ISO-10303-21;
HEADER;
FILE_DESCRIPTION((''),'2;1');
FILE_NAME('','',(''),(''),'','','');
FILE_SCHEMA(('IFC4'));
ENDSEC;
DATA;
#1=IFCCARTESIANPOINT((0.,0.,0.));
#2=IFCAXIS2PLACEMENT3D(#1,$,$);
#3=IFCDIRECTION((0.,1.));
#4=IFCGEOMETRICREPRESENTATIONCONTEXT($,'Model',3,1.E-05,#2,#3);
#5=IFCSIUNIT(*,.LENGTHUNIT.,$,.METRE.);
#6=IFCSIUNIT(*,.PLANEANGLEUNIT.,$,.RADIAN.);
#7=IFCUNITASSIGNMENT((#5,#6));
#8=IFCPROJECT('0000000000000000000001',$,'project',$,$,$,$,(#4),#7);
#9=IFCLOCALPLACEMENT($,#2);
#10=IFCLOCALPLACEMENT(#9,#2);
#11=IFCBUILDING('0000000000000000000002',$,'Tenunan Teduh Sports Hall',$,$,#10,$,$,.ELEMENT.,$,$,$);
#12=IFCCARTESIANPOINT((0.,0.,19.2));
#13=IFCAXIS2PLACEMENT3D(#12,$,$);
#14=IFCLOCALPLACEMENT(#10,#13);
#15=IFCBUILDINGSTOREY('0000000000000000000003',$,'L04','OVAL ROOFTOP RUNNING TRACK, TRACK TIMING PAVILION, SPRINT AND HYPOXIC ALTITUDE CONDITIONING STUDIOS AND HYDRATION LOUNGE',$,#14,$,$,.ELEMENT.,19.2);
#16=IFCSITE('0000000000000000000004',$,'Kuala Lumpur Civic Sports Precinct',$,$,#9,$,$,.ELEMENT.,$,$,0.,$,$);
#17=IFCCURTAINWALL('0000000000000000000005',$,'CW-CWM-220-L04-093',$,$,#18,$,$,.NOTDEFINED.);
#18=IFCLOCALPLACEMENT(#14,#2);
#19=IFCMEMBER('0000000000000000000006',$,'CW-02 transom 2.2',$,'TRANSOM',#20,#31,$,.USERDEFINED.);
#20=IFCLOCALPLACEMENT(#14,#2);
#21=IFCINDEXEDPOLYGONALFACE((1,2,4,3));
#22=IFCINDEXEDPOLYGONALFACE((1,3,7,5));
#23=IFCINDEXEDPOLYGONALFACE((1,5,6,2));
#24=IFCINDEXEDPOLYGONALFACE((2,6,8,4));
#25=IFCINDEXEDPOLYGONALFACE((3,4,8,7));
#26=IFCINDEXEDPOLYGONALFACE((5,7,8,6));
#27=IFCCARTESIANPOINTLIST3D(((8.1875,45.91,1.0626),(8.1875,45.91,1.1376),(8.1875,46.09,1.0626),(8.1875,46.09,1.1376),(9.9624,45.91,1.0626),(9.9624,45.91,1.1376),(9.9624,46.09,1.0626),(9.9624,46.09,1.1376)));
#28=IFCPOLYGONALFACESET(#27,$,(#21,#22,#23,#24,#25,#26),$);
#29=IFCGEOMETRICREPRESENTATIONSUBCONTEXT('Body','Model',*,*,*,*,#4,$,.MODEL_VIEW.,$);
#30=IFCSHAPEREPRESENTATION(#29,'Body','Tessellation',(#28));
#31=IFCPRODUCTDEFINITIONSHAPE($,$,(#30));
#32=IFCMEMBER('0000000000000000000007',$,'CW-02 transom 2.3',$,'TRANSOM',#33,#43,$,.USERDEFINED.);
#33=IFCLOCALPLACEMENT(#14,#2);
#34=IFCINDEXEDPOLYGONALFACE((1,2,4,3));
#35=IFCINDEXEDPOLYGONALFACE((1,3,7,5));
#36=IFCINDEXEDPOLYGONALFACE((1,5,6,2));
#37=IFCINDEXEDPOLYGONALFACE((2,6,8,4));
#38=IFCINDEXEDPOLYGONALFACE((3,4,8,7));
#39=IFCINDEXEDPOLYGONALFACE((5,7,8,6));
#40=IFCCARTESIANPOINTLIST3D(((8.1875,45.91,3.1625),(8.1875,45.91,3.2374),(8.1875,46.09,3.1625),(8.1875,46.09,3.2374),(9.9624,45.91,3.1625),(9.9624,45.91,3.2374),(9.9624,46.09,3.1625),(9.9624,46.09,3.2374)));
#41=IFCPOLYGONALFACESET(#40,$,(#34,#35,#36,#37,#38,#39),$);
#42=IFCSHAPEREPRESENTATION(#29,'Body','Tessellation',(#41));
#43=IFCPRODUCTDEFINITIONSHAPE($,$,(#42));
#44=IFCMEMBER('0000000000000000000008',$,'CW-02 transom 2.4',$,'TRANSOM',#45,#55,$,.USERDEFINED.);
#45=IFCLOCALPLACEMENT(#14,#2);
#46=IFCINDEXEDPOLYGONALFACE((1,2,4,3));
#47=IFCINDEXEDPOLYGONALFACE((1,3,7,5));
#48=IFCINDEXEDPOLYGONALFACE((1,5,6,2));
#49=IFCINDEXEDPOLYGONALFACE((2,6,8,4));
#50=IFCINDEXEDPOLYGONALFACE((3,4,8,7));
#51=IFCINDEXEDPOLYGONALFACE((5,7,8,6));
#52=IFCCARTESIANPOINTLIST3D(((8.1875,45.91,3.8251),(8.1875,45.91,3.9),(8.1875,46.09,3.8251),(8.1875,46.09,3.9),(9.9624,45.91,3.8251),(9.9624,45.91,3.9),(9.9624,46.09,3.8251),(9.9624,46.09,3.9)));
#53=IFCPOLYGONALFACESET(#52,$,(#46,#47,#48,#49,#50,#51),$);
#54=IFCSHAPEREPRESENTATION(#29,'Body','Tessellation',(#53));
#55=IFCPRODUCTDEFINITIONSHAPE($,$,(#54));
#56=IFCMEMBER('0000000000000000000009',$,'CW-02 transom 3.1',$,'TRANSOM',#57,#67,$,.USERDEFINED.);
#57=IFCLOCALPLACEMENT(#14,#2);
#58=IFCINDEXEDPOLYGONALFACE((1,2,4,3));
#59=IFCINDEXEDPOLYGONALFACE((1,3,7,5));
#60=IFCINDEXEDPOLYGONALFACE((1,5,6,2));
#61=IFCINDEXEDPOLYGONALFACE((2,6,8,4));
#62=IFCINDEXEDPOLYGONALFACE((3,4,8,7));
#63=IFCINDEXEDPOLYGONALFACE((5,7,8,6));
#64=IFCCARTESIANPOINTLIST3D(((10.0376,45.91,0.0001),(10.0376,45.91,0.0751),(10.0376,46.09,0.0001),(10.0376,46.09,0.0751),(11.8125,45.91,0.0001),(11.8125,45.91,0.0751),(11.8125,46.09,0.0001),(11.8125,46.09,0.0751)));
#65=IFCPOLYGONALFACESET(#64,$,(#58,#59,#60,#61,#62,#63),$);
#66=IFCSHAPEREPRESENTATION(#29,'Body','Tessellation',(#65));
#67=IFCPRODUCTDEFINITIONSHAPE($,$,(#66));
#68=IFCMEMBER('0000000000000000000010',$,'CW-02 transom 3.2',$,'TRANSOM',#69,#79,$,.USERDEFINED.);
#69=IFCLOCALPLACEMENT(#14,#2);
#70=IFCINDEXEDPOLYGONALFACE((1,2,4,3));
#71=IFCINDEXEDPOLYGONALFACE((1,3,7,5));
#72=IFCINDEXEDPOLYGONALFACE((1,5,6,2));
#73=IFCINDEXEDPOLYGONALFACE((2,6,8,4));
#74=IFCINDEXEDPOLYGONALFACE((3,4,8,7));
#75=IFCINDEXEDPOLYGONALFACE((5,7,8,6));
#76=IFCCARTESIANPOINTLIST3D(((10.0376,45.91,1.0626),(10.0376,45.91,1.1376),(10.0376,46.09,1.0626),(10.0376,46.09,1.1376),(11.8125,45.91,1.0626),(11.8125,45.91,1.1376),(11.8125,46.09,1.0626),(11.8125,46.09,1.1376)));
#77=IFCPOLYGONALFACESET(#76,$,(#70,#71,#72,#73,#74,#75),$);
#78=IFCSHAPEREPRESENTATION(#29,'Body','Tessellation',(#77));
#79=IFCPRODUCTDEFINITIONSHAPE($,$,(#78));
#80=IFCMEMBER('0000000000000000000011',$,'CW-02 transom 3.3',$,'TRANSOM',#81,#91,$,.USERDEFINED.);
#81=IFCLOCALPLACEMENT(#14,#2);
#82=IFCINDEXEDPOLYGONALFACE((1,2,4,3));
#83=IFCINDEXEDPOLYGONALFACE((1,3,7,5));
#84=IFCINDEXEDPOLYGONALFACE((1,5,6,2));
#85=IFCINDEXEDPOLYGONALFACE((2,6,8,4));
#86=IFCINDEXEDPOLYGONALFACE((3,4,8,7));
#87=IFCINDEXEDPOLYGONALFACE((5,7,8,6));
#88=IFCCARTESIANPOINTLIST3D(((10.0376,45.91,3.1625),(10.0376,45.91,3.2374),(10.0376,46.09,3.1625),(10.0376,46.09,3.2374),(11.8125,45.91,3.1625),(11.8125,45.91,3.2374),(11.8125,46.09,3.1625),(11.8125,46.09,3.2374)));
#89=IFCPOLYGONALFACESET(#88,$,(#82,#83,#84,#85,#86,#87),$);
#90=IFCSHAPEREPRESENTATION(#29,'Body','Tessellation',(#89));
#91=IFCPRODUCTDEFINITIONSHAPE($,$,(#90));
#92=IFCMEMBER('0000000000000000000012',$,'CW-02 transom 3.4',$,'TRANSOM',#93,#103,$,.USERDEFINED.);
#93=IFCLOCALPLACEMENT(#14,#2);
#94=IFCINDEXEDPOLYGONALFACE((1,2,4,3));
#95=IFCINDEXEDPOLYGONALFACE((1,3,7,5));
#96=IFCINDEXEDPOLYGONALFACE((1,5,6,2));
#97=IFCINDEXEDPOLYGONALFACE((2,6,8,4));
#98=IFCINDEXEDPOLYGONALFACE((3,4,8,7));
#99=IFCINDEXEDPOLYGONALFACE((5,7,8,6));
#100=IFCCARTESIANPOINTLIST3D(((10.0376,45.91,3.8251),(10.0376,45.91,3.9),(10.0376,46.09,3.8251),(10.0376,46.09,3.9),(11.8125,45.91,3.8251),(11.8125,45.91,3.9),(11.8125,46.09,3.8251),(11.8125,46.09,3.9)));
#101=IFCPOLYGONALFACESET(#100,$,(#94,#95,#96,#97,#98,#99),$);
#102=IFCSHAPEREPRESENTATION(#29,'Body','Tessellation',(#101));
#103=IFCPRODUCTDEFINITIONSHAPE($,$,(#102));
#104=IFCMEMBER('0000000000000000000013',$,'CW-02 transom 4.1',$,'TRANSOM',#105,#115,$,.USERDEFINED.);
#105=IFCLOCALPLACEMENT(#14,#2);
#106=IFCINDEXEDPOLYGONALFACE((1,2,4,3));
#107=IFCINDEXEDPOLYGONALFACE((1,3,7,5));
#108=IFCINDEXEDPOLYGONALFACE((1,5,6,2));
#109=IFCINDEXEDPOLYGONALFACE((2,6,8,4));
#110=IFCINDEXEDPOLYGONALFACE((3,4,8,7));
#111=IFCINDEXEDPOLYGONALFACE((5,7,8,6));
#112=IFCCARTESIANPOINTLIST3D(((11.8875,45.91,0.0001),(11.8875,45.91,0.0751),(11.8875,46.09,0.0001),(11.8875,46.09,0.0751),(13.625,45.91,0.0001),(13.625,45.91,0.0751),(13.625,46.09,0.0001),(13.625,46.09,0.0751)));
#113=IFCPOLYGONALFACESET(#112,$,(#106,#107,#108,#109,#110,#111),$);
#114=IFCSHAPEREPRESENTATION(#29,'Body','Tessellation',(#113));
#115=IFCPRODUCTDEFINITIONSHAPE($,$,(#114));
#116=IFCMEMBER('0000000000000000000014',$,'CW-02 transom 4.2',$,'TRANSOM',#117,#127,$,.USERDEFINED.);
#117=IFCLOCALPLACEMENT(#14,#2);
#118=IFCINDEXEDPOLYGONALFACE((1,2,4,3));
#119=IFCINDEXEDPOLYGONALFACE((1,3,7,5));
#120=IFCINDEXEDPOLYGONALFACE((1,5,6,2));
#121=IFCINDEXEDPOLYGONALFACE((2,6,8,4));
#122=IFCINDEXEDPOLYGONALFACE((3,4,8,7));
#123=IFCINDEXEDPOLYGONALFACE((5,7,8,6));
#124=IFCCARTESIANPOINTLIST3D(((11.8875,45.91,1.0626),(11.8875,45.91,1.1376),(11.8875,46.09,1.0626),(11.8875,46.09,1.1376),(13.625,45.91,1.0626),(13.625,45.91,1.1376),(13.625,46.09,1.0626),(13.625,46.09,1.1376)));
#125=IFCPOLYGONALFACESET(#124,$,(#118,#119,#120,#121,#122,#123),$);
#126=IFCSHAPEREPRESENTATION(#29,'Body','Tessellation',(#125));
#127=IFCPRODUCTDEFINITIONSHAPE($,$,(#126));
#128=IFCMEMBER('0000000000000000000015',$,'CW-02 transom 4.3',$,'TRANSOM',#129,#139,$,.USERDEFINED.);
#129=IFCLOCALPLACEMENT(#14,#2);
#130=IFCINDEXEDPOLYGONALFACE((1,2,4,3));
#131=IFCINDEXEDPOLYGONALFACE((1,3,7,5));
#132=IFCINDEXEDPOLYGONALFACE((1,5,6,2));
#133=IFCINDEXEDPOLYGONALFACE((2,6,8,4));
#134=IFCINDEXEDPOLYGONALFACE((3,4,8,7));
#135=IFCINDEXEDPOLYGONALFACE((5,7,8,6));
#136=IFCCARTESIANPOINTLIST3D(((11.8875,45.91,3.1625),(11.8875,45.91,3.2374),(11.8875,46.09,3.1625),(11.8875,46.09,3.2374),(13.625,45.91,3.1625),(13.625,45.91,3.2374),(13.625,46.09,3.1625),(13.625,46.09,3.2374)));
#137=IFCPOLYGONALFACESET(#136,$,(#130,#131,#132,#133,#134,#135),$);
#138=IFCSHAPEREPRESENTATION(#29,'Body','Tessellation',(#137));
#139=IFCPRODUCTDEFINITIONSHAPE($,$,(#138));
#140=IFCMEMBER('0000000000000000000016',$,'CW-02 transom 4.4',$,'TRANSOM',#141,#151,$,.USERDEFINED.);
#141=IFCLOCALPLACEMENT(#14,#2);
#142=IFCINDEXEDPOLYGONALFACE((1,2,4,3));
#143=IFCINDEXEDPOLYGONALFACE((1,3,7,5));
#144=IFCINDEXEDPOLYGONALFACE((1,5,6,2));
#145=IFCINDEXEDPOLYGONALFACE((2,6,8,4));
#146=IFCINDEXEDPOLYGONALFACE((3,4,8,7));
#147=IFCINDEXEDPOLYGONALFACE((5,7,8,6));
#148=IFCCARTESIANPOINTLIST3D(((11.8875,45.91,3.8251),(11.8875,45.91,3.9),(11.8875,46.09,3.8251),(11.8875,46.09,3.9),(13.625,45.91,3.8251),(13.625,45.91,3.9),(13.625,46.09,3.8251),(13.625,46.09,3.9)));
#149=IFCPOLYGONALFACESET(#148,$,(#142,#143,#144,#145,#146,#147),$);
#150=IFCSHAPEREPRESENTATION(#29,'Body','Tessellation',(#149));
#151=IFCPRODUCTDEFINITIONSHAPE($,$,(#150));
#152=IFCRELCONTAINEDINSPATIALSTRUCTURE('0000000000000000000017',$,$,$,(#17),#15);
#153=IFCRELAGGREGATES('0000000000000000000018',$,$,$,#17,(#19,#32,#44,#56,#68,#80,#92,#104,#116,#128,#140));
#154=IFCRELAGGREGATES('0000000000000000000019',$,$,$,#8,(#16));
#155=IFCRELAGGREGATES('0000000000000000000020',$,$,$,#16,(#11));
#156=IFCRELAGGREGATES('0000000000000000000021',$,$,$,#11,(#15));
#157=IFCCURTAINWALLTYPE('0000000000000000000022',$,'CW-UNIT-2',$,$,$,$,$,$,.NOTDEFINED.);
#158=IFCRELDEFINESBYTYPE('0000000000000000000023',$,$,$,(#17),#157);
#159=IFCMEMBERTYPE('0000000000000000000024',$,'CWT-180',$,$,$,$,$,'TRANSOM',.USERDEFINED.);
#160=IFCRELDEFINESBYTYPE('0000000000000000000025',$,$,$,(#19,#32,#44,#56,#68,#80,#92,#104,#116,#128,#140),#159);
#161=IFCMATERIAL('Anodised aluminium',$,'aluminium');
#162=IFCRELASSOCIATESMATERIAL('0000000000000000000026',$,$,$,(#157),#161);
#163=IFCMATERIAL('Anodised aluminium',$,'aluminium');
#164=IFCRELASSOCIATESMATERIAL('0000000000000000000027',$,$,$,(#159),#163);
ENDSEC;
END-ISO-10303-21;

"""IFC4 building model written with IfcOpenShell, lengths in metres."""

from ifc_helpers import new_model, si_unit, direction, frame, origin, origin_2d, place, context, subcontext, project, spatial, rectangle, extrude, material, material_profile, profile_set, type_object, element, aggregate, save


model = new_model("IFC4")

# Units and contexts
model_context = context("Model", 3, precision=1e-05, world=origin(), true_north=direction((0.0, 1.0)))
body_context = subcontext(model_context, "Body", "Model", "MODEL_VIEW")
ifc_project = project(units=[si_unit("LENGTHUNIT", "METRE"), si_unit("PLANEANGLEUNIT", "RADIAN")], contexts=[model_context])

# Site, building, storey
site_placement = place(None, origin())
site = spatial("IfcSite", under=ifc_project, at=site_placement, Name="Kuala Lumpur Civic Sports Precinct", CompositionType="ELEMENT", RefElevation=0.0)
building_placement = place(site_placement, origin())
building = spatial("IfcBuilding", under=site, at=building_placement, Name="Tenunan Teduh Sports Hall", CompositionType="ELEMENT")
storey_placement = place(building_placement, frame((0.0, 0.0, 19.2)))
storey = spatial("IfcBuildingStorey", under=building, at=storey_placement, Name="L04", Description="OVAL ROOFTOP RUNNING TRACK, TRACK TIMING PAVILION, SPRINT AND HYPOXIC ALTITUDE CONDITIONING STUDIOS AND HYDRATION LOUNGE", CompositionType="ELEMENT", Elevation=19.2)

# Shared definitions
ifc_material_1 = material(Name="Anodised aluminium", Category="aluminium")
curtain_wall_type = type_object("IfcCurtainWallType", Name="CW-UNIT-2", PredefinedType="NOTDEFINED", material=ifc_material_1)

# Curtain wall
curtain_wall_1_placement = place(storey_placement, origin())
curtain_wall_1 = element("IfcCurtainWall", 1, at=curtain_wall_1_placement, inside=storey, type_object=curtain_wall_type, Name="CW-CWM-220-L04-093", PredefinedType="NOTDEFINED")

# Members
ifc_material_2 = material(Name="Anodised aluminium", Category="aluminium")
ifc_material_profile_1 = material_profile(ifc_material_2, rectangle(XDim=0.075, YDim=0.1799, at=origin_2d()), Name="CWT 75x180")
ifc_profile_set_1 = profile_set([ifc_material_profile_1], Name="Anodised aluminium")
member_type_1 = type_object("IfcMemberType", Name="CWT-180", ElementType="TRANSOM", PredefinedType="USERDEFINED", material=ifc_profile_set_1)
member_1_placement = place(storey_placement, frame((8.1875, 46.0, 1.1001), z_axis=(1.0, 0.0, 0.0), x_axis=(0.0, 0.0, 1.0)))
member_1 = element("IfcMember", 2, at=member_1_placement, type_object=member_type_1, Name="CW-02 transom 2.2", ObjectType="TRANSOM", PredefinedType="USERDEFINED", context=body_context, shape_type="SweptSolid", body=[
    extrude(rectangle(XDim=0.075, YDim=0.1799, at=origin_2d()), origin(), (0.0, 0.0, 1.0), 1.7749),
])
member_2_placement = place(storey_placement, frame((8.1875, 46.0, 3.2), z_axis=(1.0, 0.0, 0.0), x_axis=(0.0, 0.0, 1.0)))
member_2 = element("IfcMember", 3, at=member_2_placement, type_object=member_type_1, Name="CW-02 transom 2.3", ObjectType="TRANSOM", PredefinedType="USERDEFINED", context=body_context, shape_type="SweptSolid", body=[
    extrude(rectangle(XDim=0.075, YDim=0.1799, at=origin_2d()), origin(), (0.0, 0.0, 1.0), 1.7749),
])
member_3_placement = place(storey_placement, frame((8.1875, 46.0, 3.8625), z_axis=(1.0, 0.0, 0.0), x_axis=(0.0, 0.0, 1.0)))
member_3 = element("IfcMember", 4, at=member_3_placement, type_object=member_type_1, Name="CW-02 transom 2.4", ObjectType="TRANSOM", PredefinedType="USERDEFINED", context=body_context, shape_type="SweptSolid", body=[
    extrude(rectangle(XDim=0.075, YDim=0.1799, at=origin_2d()), origin(), (0.0, 0.0, 1.0), 1.7749),
])
member_4_placement = place(storey_placement, frame((10.0376, 46.0, 0.0376), z_axis=(1.0, 0.0, 0.0), x_axis=(0.0, 0.0, 1.0)))
member_4 = element("IfcMember", 5, at=member_4_placement, type_object=member_type_1, Name="CW-02 transom 3.1", ObjectType="TRANSOM", PredefinedType="USERDEFINED", context=body_context, shape_type="SweptSolid", body=[
    extrude(rectangle(XDim=0.075, YDim=0.1799, at=origin_2d()), origin(), (0.0, 0.0, 1.0), 1.7749),
])
member_5_placement = place(storey_placement, frame((10.0376, 46.0, 1.1001), z_axis=(1.0, 0.0, 0.0), x_axis=(0.0, 0.0, 1.0)))
member_5 = element("IfcMember", 6, at=member_5_placement, type_object=member_type_1, Name="CW-02 transom 3.2", ObjectType="TRANSOM", PredefinedType="USERDEFINED", context=body_context, shape_type="SweptSolid", body=[
    extrude(rectangle(XDim=0.075, YDim=0.1799, at=origin_2d()), origin(), (0.0, 0.0, 1.0), 1.7749),
])
member_6_placement = place(storey_placement, frame((10.0376, 46.0, 3.2), z_axis=(1.0, 0.0, 0.0), x_axis=(0.0, 0.0, 1.0)))
member_6 = element("IfcMember", 7, at=member_6_placement, type_object=member_type_1, Name="CW-02 transom 3.3", ObjectType="TRANSOM", PredefinedType="USERDEFINED", context=body_context, shape_type="SweptSolid", body=[
    extrude(rectangle(XDim=0.075, YDim=0.1799, at=origin_2d()), origin(), (0.0, 0.0, 1.0), 1.7749),
])
member_7_placement = place(storey_placement, frame((10.0376, 46.0, 3.8625), z_axis=(1.0, 0.0, 0.0), x_axis=(0.0, 0.0, 1.0)))
member_7 = element("IfcMember", 8, at=member_7_placement, type_object=member_type_1, Name="CW-02 transom 3.4", ObjectType="TRANSOM", PredefinedType="USERDEFINED", context=body_context, shape_type="SweptSolid", body=[
    extrude(rectangle(XDim=0.075, YDim=0.1799, at=origin_2d()), origin(), (0.0, 0.0, 1.0), 1.7749),
])
member_8_placement = place(storey_placement, frame((11.8875, 46.0, 0.0376), z_axis=(1.0, 0.0, 0.0), x_axis=(0.0, 0.0, 1.0)))
member_8 = element("IfcMember", 9, at=member_8_placement, type_object=member_type_1, Name="CW-02 transom 4.1", ObjectType="TRANSOM", PredefinedType="USERDEFINED", context=body_context, shape_type="SweptSolid", body=[
    extrude(rectangle(XDim=0.075, YDim=0.1799, at=origin_2d()), origin(), (0.0, 0.0, 1.0), 1.7375),
])
member_9_placement = place(storey_placement, frame((11.8875, 46.0, 1.1001), z_axis=(1.0, 0.0, 0.0), x_axis=(0.0, 0.0, 1.0)))
member_9 = element("IfcMember", 10, at=member_9_placement, type_object=member_type_1, Name="CW-02 transom 4.2", ObjectType="TRANSOM", PredefinedType="USERDEFINED", context=body_context, shape_type="SweptSolid", body=[
    extrude(rectangle(XDim=0.075, YDim=0.1799, at=origin_2d()), origin(), (0.0, 0.0, 1.0), 1.7375),
])
member_10_placement = place(storey_placement, frame((11.8875, 46.0, 3.2), z_axis=(1.0, 0.0, 0.0), x_axis=(0.0, 0.0, 1.0)))
member_10 = element("IfcMember", 11, at=member_10_placement, type_object=member_type_1, Name="CW-02 transom 4.3", ObjectType="TRANSOM", PredefinedType="USERDEFINED", context=body_context, shape_type="SweptSolid", body=[
    extrude(rectangle(XDim=0.075, YDim=0.1799, at=origin_2d()), origin(), (0.0, 0.0, 1.0), 1.7375),
])
member_11_placement = place(storey_placement, frame((11.8875, 46.0, 3.8625), z_axis=(1.0, 0.0, 0.0), x_axis=(0.0, 0.0, 1.0)))
member_11 = element("IfcMember", 12, at=member_11_placement, type_object=member_type_1, Name="CW-02 transom 4.4", ObjectType="TRANSOM", PredefinedType="USERDEFINED", context=body_context, shape_type="SweptSolid", body=[
    extrude(rectangle(XDim=0.075, YDim=0.1799, at=origin_2d()), origin(), (0.0, 0.0, 1.0), 1.7375),
])

aggregate(curtain_wall_1, [member_1, member_2, member_3, member_4, member_5, member_6, member_7, member_8, member_9, member_10, member_11])

save(model, "model.ifc")
